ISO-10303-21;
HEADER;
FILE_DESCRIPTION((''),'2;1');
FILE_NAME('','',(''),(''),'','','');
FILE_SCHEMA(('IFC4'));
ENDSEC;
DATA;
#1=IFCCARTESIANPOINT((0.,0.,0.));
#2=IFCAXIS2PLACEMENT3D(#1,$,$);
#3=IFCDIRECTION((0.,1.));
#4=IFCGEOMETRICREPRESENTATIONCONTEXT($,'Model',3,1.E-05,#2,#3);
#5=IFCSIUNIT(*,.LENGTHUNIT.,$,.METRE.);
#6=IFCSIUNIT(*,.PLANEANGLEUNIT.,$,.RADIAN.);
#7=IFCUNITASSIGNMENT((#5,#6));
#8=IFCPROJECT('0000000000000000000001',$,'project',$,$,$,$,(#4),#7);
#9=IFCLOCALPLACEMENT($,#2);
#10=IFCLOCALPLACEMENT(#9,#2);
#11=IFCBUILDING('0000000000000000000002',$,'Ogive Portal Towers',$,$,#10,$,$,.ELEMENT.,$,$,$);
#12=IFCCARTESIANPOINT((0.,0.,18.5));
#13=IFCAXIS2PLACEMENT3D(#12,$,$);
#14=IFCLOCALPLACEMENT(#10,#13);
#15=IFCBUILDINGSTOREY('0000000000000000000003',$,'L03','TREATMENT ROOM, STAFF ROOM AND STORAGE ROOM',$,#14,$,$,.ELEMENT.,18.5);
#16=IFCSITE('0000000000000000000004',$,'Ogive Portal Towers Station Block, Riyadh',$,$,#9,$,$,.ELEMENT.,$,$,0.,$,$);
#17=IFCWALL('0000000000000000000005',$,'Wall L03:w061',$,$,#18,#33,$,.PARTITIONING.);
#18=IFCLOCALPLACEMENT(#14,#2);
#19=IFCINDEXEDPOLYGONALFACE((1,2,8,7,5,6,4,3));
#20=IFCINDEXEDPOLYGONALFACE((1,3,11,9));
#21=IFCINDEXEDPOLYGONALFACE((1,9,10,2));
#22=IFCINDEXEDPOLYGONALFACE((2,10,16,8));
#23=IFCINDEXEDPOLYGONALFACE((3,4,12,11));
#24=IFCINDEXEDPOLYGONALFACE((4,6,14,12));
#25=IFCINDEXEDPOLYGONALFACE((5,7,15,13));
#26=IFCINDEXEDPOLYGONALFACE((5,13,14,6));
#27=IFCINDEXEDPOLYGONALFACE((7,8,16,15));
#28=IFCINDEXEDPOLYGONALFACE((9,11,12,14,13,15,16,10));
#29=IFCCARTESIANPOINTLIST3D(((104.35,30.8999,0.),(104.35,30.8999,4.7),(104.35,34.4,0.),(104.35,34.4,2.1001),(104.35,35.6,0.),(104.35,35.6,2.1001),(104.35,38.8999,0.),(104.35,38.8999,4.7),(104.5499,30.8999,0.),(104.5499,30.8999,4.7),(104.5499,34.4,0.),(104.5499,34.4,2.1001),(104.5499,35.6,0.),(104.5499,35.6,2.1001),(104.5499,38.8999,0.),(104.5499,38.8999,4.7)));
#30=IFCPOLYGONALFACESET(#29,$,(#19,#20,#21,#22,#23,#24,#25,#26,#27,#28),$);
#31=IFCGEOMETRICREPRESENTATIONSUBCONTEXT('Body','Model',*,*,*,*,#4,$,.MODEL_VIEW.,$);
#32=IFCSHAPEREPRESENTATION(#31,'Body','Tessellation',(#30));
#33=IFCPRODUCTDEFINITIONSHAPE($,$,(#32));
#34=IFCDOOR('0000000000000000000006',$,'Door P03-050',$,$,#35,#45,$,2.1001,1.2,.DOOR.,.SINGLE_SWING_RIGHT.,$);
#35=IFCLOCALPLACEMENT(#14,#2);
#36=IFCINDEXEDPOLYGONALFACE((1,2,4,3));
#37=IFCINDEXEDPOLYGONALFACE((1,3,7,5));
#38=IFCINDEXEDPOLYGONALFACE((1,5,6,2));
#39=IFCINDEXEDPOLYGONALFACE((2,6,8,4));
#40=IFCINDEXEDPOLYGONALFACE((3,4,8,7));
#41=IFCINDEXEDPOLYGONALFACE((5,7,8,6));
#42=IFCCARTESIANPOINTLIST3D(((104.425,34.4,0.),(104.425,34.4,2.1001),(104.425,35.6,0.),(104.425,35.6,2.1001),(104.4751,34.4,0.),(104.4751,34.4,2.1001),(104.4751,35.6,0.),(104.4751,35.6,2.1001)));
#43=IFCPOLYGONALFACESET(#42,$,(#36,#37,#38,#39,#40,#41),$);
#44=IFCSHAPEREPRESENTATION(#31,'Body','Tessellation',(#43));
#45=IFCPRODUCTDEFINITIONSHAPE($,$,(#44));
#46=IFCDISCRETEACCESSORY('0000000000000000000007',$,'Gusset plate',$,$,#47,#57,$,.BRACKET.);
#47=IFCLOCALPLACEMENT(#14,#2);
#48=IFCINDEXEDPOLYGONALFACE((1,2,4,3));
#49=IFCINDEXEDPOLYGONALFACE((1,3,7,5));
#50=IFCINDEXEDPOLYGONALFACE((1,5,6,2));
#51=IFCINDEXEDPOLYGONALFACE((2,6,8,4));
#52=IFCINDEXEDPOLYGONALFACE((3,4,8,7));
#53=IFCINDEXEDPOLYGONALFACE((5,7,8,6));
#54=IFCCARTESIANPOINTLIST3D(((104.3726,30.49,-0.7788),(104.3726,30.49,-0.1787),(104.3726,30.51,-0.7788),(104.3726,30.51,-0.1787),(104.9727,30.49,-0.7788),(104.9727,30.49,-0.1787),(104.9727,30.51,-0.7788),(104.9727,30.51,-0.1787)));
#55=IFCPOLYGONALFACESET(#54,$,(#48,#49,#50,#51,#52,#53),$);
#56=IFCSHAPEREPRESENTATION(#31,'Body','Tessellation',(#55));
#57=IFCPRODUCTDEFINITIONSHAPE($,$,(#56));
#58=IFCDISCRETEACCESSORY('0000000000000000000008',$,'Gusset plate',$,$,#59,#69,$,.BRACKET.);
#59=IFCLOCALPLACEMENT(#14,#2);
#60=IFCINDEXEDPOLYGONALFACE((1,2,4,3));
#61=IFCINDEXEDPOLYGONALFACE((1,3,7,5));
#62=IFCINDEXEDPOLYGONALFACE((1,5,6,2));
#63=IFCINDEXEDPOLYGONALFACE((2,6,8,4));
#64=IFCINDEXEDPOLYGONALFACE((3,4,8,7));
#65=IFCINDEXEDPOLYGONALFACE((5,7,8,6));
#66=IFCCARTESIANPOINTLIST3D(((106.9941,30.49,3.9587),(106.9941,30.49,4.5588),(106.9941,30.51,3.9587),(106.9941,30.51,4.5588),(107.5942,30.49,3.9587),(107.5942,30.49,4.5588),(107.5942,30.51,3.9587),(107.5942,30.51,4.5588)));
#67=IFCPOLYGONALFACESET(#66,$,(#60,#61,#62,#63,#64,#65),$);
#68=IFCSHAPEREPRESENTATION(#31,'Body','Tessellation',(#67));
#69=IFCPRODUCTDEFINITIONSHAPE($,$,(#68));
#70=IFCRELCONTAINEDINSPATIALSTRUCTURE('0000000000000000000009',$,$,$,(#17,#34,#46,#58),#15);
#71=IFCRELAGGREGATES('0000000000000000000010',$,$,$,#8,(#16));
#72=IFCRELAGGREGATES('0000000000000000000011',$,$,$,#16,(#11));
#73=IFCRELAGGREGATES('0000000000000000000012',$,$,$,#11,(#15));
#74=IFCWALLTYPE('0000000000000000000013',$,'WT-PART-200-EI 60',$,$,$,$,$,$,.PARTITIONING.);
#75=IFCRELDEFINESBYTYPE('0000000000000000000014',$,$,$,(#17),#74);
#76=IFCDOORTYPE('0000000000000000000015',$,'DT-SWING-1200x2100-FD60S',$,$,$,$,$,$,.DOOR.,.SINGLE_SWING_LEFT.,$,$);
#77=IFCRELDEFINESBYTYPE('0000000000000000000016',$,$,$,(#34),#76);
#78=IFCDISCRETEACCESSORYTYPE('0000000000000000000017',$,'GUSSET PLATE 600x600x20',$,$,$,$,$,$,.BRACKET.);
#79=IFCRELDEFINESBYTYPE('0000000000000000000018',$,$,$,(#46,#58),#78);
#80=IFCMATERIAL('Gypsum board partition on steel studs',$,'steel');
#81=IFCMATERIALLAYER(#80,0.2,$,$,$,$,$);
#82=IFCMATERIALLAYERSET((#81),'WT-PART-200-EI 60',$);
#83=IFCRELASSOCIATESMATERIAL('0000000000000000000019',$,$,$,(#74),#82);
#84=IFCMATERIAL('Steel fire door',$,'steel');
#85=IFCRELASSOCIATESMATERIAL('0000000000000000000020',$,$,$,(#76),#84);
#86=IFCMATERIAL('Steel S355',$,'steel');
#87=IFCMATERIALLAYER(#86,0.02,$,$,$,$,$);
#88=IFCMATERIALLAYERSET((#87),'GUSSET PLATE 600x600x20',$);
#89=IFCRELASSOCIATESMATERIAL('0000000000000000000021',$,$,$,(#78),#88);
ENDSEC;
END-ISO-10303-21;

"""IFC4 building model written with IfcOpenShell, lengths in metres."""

from ifc_helpers import new_model, si_unit, direction, frame, frame_2d, origin, origin_2d, place, context, subcontext, project, spatial, rectangle, extrude, material, layer, layer_set, type_object, element, fill, save


model = new_model("IFC4")

# Units and contexts
model_context = context("Model", 3, precision=1e-05, world=origin(), true_north=direction((0.0, 1.0)))
body_context = subcontext(model_context, "Body", "Model", "MODEL_VIEW")
ifc_project = project(units=[si_unit("LENGTHUNIT", "METRE"), si_unit("PLANEANGLEUNIT", "RADIAN")], contexts=[model_context])

# Site, building, storey
site_placement = place(None, origin())
site = spatial("IfcSite", under=ifc_project, at=site_placement, Name="Ogive Portal Towers Station Block, Riyadh", CompositionType="ELEMENT", RefElevation=0.0)
building_placement = place(site_placement, origin())
building = spatial("IfcBuilding", under=site, at=building_placement, Name="Ogive Portal Towers", CompositionType="ELEMENT")
storey_placement = place(building_placement, frame((0.0, 0.0, 18.5)))
storey = spatial("IfcBuildingStorey", under=building, at=storey_placement, Name="L03", Description="TREATMENT ROOM, STAFF ROOM AND STORAGE ROOM", CompositionType="ELEMENT", Elevation=18.5)

# Shared definitions
ifc_material_1 = material(Name="Steel S355", Category="steel")

# Shared definitions
ifc_material_2 = material(Name="Gypsum board partition on steel studs", Category="steel")
ifc_layer_1 = layer(ifc_material_2, 0.2)
ifc_layer_set_1 = layer_set([ifc_layer_1], Name="WT-PART-200-EI 60")
wall_type_1 = type_object("IfcWallType", Name="WT-PART-200-EI 60", PredefinedType="PARTITIONING", material=ifc_layer_set_1)

# Wall, opening, door
ifc_material_3 = material(Name="Steel fire door", Category="steel")
door_type = type_object("IfcDoorType", Name="DT-SWING-1200x2100-FD60S", OperationType="SINGLE_SWING_LEFT", PredefinedType="DOOR", material=ifc_material_3)
wall_1_placement = place(storey_placement, frame((104.45, 30.8999, 0.0), z_axis=(0.0, 0.0, 1.0), x_axis=(0.0, 1.0, 0.0)))
wall_1 = element("IfcWall", 1, at=wall_1_placement, inside=storey, type_object=wall_type_1, Name="Wall L03:w061", PredefinedType="PARTITIONING", context=body_context, shape_type="SweptSolid", body=[
    extrude(rectangle(XDim=8.0, YDim=0.2, at=frame_2d((4.0, 0.0))), origin(), (0.0, 0.0, 1.0), 4.7),
])
opening_1_placement = place(wall_1_placement, frame((3.5, 0.0, 0.0)))
opening_1 = element("IfcOpeningElement", 2, at=opening_1_placement, cuts=wall_1, PredefinedType="OPENING", context=body_context, shape_type="SweptSolid", body=[
    extrude(rectangle(XDim=1.2, YDim=2.1001, at=frame_2d((0.6001, 1.05))), frame((0.0, 0.1099, 0.0), z_axis=(0.0, -1.0, 0.0), x_axis=(1.0, 0.0, 0.0)), (0.0, 0.0, 1.0), 0.22),
])
door_1_placement = place(opening_1_placement, origin())
door_1 = element("IfcDoor", 3, at=door_1_placement, inside=storey, type_object=door_type, Name="Door P03-050", OperationType="SINGLE_SWING_RIGHT", OverallHeight=2.1001, OverallWidth=1.2, PredefinedType="DOOR", context=body_context, shape_type="SweptSolid", body=[
    extrude(rectangle(XDim=1.2, YDim=2.1001, at=frame_2d((0.6001, 1.05))), frame((0.0, 0.0249, 0.0), z_axis=(0.0, -1.0, 0.0), x_axis=(1.0, 0.0, 0.0)), (0.0, 0.0, 1.0), 0.05),
])
fill(opening_1, door_1)

# Discrete accessories
ifc_layer_2 = layer(ifc_material_1, 0.02)
ifc_layer_set_2 = layer_set([ifc_layer_2], Name="GUSSET PLATE 600x600x20")
discrete_accessory_type = type_object("IfcDiscreteAccessoryType", Name="GUSSET PLATE 600x600x20", PredefinedType="BRACKET", material=ifc_layer_set_2)
for number, where, z_axis, x_axis, name in (
    (4, (104.6726, 30.5, -0.7788), (0.0, 0.0, 1.0), (1.0, 0.0, 0.0), "Gusset plate"),
    (5, (107.2942, 30.5, 3.9587), (0.0, 0.0, 1.0), (1.0, 0.0, 0.0), "Gusset plate"),
):
    element("IfcDiscreteAccessory", number, at=place(storey_placement, frame(where, z_axis=z_axis, x_axis=x_axis)), inside=storey, type_object=discrete_accessory_type, Name=name, PredefinedType="BRACKET", context=body_context, shape_type="SweptSolid", body=[
        extrude(rectangle(XDim=0.6001, YDim=0.02, at=origin_2d()), origin(), (0.0, 0.0, 1.0), 0.6001),
    ])

save(model, "model.ifc")
